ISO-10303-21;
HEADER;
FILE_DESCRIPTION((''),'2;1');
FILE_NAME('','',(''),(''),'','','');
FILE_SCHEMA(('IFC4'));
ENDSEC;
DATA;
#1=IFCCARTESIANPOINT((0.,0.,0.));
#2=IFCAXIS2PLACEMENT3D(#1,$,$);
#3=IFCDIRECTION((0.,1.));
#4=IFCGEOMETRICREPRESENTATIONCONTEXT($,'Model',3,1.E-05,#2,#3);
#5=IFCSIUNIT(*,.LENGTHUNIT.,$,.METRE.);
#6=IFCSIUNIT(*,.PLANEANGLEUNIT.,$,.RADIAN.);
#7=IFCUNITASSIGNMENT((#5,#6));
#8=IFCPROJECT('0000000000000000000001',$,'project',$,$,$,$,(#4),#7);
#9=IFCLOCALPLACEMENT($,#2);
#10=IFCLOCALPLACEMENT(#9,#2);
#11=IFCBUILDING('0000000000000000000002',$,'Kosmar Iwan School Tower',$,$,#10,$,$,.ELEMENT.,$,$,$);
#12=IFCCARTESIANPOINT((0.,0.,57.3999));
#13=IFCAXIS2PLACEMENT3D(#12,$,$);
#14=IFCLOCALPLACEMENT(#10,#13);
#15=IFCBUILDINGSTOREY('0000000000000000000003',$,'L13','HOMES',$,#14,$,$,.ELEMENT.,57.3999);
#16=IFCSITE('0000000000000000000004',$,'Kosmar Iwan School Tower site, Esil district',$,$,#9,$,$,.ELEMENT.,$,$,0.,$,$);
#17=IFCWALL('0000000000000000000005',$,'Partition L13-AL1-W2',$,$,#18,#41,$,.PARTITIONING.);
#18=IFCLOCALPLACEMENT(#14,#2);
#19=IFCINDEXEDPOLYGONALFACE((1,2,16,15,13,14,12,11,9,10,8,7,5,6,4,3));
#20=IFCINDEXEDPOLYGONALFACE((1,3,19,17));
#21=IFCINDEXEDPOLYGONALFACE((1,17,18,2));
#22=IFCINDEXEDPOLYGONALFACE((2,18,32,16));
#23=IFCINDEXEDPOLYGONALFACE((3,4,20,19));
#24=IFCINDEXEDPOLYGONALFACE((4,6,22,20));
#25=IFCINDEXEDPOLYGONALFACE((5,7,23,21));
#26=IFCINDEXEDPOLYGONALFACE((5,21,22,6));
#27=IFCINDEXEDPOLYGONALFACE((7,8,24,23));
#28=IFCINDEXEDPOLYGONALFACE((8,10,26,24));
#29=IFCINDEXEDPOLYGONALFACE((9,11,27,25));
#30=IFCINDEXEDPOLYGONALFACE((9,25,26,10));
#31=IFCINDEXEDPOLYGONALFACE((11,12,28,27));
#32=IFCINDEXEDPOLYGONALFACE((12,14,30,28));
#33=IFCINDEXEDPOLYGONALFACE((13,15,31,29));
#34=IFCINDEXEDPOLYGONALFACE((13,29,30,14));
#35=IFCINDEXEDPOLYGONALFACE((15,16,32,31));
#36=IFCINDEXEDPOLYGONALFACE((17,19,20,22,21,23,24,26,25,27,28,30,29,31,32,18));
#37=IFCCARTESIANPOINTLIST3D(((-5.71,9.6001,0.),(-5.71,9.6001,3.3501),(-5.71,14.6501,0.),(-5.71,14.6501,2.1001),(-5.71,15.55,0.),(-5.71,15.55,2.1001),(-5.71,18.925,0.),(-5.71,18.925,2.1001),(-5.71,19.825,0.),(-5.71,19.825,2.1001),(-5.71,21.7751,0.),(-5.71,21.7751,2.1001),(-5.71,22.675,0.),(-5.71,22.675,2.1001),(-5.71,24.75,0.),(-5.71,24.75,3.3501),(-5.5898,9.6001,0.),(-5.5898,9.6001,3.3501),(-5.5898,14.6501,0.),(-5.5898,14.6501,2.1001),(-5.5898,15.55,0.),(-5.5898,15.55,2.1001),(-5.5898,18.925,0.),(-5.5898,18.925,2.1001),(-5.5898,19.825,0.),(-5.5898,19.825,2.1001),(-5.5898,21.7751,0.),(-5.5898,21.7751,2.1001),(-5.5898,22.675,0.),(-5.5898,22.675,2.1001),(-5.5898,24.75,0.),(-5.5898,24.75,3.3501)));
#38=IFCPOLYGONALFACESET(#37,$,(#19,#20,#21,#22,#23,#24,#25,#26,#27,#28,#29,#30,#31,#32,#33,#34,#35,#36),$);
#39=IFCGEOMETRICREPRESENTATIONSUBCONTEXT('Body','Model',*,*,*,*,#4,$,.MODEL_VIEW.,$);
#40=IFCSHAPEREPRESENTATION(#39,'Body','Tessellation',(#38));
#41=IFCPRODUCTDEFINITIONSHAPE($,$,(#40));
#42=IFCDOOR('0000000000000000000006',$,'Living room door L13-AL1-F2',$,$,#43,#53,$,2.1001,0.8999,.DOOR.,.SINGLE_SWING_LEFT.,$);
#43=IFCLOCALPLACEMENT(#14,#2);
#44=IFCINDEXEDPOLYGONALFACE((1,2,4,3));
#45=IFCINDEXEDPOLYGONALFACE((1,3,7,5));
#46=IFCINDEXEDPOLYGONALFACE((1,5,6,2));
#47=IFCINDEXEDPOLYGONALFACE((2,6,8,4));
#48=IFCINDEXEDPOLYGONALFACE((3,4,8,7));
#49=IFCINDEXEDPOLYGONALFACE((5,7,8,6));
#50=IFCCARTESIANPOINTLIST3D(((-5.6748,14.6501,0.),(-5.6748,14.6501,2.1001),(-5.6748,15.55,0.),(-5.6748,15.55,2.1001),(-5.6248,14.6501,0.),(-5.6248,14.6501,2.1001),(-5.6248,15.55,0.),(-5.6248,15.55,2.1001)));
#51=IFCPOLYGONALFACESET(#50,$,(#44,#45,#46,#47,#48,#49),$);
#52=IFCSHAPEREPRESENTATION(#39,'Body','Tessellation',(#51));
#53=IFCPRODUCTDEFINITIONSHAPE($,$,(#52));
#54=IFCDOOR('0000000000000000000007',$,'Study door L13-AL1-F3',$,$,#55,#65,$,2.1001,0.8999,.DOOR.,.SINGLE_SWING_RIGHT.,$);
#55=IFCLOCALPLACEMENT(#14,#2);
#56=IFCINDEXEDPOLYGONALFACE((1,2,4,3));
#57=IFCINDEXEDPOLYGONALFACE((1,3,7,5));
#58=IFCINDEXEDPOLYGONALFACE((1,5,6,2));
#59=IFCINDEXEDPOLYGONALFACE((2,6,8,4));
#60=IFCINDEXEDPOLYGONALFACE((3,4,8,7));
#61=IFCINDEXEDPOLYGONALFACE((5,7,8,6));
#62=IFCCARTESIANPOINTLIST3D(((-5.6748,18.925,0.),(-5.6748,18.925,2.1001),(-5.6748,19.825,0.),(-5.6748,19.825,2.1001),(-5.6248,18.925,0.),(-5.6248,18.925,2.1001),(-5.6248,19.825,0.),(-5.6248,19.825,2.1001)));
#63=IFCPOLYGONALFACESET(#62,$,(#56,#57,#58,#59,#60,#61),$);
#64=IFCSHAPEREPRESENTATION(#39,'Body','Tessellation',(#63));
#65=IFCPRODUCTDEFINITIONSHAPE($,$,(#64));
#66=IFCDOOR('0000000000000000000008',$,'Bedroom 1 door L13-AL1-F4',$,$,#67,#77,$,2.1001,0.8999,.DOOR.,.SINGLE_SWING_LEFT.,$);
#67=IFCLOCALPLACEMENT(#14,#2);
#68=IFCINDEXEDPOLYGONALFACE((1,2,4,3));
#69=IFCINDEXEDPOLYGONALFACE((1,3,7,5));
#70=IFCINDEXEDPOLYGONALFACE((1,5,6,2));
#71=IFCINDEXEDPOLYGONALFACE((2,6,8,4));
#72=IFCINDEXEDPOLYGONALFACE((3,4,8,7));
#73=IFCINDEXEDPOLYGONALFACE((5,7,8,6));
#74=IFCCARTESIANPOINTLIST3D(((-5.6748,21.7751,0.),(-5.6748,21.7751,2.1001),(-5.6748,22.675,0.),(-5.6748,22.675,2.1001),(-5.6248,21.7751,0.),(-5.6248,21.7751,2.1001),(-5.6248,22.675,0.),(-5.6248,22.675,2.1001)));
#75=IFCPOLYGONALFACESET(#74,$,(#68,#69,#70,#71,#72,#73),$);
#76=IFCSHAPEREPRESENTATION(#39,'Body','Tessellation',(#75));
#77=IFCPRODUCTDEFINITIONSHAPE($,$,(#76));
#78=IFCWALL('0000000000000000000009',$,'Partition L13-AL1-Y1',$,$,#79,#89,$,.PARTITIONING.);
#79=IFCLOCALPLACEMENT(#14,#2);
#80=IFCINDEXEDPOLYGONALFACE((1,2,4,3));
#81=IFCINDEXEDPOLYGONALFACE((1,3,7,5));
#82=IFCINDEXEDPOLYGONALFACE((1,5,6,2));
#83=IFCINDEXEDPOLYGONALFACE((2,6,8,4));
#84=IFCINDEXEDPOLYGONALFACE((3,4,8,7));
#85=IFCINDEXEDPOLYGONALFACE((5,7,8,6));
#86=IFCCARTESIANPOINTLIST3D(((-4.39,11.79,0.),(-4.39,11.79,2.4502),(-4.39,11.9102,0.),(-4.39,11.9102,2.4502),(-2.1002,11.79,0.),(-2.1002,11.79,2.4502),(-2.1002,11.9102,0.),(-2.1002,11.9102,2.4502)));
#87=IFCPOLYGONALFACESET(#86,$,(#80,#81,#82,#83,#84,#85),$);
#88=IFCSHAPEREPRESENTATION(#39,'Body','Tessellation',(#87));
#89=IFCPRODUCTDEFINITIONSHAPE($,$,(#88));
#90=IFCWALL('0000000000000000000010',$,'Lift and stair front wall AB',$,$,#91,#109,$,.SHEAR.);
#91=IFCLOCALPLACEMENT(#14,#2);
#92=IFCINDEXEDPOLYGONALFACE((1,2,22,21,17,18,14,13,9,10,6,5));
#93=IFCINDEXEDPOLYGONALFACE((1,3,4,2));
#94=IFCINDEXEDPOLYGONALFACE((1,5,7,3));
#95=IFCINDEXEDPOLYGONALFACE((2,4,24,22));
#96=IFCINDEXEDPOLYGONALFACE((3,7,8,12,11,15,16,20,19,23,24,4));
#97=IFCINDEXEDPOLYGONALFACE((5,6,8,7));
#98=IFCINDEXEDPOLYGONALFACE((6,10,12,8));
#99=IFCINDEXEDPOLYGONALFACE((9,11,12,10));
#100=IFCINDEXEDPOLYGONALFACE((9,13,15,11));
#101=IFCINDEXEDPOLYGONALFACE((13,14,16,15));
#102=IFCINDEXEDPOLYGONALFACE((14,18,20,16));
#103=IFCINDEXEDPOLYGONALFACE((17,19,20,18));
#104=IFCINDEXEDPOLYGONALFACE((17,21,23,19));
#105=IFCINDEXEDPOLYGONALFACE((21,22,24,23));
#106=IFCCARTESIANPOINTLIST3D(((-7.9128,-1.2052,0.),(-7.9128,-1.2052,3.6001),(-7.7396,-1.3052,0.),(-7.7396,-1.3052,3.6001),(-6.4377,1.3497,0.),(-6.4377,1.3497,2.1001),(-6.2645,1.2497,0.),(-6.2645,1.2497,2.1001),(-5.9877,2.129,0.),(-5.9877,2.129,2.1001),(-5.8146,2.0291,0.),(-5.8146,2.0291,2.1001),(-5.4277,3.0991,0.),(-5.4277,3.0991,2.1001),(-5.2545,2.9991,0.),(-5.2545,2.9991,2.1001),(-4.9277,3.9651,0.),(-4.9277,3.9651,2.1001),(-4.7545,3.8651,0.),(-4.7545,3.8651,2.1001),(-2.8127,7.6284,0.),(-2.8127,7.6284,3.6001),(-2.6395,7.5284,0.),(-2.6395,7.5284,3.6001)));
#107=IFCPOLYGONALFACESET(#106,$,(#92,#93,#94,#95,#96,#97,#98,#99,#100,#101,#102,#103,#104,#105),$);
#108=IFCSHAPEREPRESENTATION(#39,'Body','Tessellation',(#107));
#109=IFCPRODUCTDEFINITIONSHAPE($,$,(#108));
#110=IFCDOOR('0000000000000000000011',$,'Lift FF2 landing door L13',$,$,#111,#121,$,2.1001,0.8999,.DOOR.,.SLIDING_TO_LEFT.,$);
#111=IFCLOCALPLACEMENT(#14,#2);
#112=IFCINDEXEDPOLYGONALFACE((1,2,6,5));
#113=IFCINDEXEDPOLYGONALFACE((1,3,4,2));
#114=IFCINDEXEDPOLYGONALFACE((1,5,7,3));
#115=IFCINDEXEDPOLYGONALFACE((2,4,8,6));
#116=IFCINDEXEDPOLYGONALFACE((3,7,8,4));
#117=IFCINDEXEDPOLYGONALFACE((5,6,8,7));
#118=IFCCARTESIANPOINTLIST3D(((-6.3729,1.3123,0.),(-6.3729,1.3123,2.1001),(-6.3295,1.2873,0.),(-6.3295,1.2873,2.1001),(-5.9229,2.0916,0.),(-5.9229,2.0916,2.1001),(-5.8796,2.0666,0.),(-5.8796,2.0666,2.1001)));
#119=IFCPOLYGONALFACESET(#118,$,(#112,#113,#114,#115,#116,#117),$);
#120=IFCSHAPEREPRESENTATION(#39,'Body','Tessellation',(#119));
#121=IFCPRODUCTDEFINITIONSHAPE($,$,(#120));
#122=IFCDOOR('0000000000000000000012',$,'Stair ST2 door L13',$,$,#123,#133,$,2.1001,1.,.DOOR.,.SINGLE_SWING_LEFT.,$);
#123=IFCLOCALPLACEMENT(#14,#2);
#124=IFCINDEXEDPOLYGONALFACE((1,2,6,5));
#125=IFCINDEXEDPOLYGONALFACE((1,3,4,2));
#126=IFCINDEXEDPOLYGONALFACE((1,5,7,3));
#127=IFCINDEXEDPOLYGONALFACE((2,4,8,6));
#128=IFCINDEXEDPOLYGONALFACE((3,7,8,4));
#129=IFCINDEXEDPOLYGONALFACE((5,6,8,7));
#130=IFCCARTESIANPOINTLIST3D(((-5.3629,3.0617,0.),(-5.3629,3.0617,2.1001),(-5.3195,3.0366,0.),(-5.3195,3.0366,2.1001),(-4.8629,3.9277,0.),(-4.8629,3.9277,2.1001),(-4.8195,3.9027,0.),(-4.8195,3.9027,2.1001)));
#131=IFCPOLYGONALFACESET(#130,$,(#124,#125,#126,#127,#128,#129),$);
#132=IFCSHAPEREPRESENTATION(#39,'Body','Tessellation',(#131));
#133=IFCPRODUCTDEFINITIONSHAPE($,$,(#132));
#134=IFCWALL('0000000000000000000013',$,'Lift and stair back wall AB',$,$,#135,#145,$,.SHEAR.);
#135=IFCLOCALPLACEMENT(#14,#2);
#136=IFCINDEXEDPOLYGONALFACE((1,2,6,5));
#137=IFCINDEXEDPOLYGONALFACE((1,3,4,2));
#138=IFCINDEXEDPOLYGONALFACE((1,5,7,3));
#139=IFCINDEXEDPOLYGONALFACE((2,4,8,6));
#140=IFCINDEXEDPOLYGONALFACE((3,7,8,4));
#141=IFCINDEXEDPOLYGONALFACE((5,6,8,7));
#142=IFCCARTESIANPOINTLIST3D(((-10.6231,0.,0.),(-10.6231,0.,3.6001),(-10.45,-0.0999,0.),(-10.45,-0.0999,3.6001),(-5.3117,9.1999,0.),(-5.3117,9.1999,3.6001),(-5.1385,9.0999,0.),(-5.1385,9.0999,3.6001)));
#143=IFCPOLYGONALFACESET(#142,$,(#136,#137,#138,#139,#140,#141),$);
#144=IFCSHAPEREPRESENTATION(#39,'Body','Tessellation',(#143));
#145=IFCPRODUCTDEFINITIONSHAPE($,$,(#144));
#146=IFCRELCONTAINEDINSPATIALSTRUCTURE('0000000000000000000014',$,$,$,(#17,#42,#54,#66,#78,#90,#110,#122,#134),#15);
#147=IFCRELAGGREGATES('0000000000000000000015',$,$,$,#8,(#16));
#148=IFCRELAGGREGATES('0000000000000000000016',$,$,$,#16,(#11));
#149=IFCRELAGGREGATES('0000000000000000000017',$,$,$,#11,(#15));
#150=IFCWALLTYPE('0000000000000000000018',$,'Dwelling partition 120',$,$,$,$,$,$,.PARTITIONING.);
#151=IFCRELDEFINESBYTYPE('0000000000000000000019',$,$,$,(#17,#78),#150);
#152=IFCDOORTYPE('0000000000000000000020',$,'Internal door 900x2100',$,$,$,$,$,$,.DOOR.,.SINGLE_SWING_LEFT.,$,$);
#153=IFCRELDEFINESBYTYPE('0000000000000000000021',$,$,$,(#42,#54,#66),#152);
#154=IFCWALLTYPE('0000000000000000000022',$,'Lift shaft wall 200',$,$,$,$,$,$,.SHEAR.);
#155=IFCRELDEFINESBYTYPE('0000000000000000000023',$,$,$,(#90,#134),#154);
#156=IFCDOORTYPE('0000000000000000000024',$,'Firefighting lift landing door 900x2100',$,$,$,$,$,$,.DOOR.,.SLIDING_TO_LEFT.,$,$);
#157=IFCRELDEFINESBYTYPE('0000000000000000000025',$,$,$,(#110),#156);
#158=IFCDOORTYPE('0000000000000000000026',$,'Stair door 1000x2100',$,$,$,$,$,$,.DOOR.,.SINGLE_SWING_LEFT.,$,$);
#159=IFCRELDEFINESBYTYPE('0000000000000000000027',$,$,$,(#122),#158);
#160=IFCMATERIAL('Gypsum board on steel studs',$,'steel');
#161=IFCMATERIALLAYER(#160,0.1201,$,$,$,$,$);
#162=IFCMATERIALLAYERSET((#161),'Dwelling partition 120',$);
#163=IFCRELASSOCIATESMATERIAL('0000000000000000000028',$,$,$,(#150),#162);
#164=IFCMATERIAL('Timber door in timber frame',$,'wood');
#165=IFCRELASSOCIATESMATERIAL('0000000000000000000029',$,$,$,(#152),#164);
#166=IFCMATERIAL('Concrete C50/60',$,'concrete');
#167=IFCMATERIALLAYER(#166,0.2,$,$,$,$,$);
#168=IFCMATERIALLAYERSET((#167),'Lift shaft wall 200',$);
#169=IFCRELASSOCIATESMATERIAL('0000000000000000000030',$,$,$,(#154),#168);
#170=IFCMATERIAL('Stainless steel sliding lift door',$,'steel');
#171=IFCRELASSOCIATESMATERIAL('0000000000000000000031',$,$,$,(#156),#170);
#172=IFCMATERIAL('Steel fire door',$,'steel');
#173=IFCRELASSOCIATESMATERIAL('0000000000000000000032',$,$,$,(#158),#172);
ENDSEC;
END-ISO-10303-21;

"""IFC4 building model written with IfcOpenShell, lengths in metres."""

from ifc_helpers import new_model, si_unit, direction, frame, frame_2d, origin, place, context, subcontext, project, spatial, rectangle, extrude, material, layer, layer_set, type_object, element, fill, save


model = new_model("IFC4")

# Units and contexts
model_context = context("Model", 3, precision=1e-05, world=origin(), true_north=direction((0.0, 1.0)))
body_context = subcontext(model_context, "Body", "Model", "MODEL_VIEW")
ifc_project = project(units=[si_unit("LENGTHUNIT", "METRE"), si_unit("PLANEANGLEUNIT", "RADIAN")], contexts=[model_context])

# Site, building, storey
site_placement = place(None, origin())
site = spatial("IfcSite", under=ifc_project, at=site_placement, Name="Kosmar Iwan School Tower site, Esil district", CompositionType="ELEMENT", RefElevation=0.0)
building_placement = place(site_placement, origin())
building = spatial("IfcBuilding", under=site, at=building_placement, Name="Kosmar Iwan School Tower", CompositionType="ELEMENT")
storey_placement = place(building_placement, frame((0.0, 0.0, 57.3999)))
storey = spatial("IfcBuildingStorey", under=building, at=storey_placement, Name="L13", Description="HOMES", CompositionType="ELEMENT", Elevation=57.3999)

# Wall, openings, doors
ifc_material_1 = material(Name="Gypsum board on steel studs", Category="steel")
ifc_layer_1 = layer(ifc_material_1, 0.1201)
ifc_layer_set_1 = layer_set([ifc_layer_1], Name="Dwelling partition 120")
wall_type_1 = type_object("IfcWallType", Name="Dwelling partition 120", PredefinedType="PARTITIONING", material=ifc_layer_set_1)
ifc_material_2 = material(Name="Timber door in timber frame", Category="wood")
door_type_1 = type_object("IfcDoorType", Name="Internal door 900x2100", OperationType="SINGLE_SWING_LEFT", PredefinedType="DOOR", material=ifc_material_2)
wall_1_placement = place(storey_placement, frame((-5.6499, 9.6001, 0.0), z_axis=(0.0, 0.0, 1.0), x_axis=(0.0, 1.0, 0.0)))
wall_1 = element("IfcWall", 1, at=wall_1_placement, inside=storey, type_object=wall_type_1, Name="Partition L13-AL1-W2", PredefinedType="PARTITIONING", context=body_context, shape_type="SweptSolid", body=[
    extrude(rectangle(XDim=15.1499, YDim=0.1201, at=frame_2d((7.575, 0.0))), origin(), (0.0, 0.0, 1.0), 3.3501),
])
opening_1_placement = place(wall_1_placement, frame((5.05, 0.0, 0.0)))
opening_1 = element("IfcOpeningElement", 2, at=opening_1_placement, cuts=wall_1, PredefinedType="OPENING", context=body_context, shape_type="SweptSolid", body=[
    extrude(rectangle(XDim=0.8999, YDim=2.1001, at=frame_2d((0.45, 1.05))), frame((0.0, 0.072, 0.0), z_axis=(0.0, -1.0, 0.0), x_axis=(1.0, 0.0, 0.0)), (0.0, 0.0, 1.0), 0.144),
])
opening_2_placement = place(wall_1_placement, frame((9.325, 0.0, 0.0)))
opening_2 = element("IfcOpeningElement", 3, at=opening_2_placement, cuts=wall_1, PredefinedType="OPENING", context=body_context, shape_type="SweptSolid", body=[
    extrude(rectangle(XDim=0.8999, YDim=2.1001, at=frame_2d((0.45, 1.05))), frame((0.0, 0.072, 0.0), z_axis=(0.0, -1.0, 0.0), x_axis=(1.0, 0.0, 0.0)), (0.0, 0.0, 1.0), 0.144),
])
opening_3_placement = place(wall_1_placement, frame((12.175, 0.0, 0.0)))
opening_3 = element("IfcOpeningElement", 4, at=opening_3_placement, cuts=wall_1, PredefinedType="OPENING", context=body_context, shape_type="SweptSolid", body=[
    extrude(rectangle(XDim=0.8999, YDim=2.1001, at=frame_2d((0.45, 1.05))), frame((0.0, 0.072, 0.0), z_axis=(0.0, -1.0, 0.0), x_axis=(1.0, 0.0, 0.0)), (0.0, 0.0, 1.0), 0.144),
])
door_1_placement = place(opening_1_placement, origin())
door_1 = element("IfcDoor", 5, at=door_1_placement, inside=storey, type_object=door_type_1, Name="Living room door L13-AL1-F2", OperationType="SINGLE_SWING_LEFT", OverallHeight=2.1001, OverallWidth=0.8999, PredefinedType="DOOR", context=body_context, shape_type="SweptSolid", body=[
    extrude(rectangle(XDim=0.8999, YDim=2.1001, at=frame_2d((0.45, 1.05))), frame((0.0, 0.0249, 0.0), z_axis=(0.0, -1.0, 0.0), x_axis=(1.0, 0.0, 0.0)), (0.0, 0.0, 1.0), 0.05),
])
fill(opening_1, door_1)
door_2_placement = place(opening_2_placement, origin())
door_2 = element("IfcDoor", 6, at=door_2_placement, inside=storey, type_object=door_type_1, Name="Study door L13-AL1-F3", OperationType="SINGLE_SWING_RIGHT", OverallHeight=2.1001, OverallWidth=0.8999, PredefinedType="DOOR", context=body_context, shape_type="SweptSolid", body=[
    extrude(rectangle(XDim=0.8999, YDim=2.1001, at=frame_2d((0.45, 1.05))), frame((0.0, 0.0249, 0.0), z_axis=(0.0, -1.0, 0.0), x_axis=(1.0, 0.0, 0.0)), (0.0, 0.0, 1.0), 0.05),
])
fill(opening_2, door_2)
door_3_placement = place(opening_3_placement, origin())
door_3 = element("IfcDoor", 7, at=door_3_placement, inside=storey, type_object=door_type_1, Name="Bedroom 1 door L13-AL1-F4", OperationType="SINGLE_SWING_LEFT", OverallHeight=2.1001, OverallWidth=0.8999, PredefinedType="DOOR", context=body_context, shape_type="SweptSolid", body=[
    extrude(rectangle(XDim=0.8999, YDim=2.1001, at=frame_2d((0.45, 1.05))), frame((0.0, 0.0249, 0.0), z_axis=(0.0, -1.0, 0.0), x_axis=(1.0, 0.0, 0.0)), (0.0, 0.0, 1.0), 0.05),
])
fill(opening_3, door_3)

# Wall
wall_2_placement = place(storey_placement, frame((-2.1001, 11.8501, 0.0), z_axis=(0.0, 0.0, 1.0), x_axis=(-1.0, 0.0, 0.0)))
element("IfcWall", 8, at=wall_2_placement, inside=storey, type_object=wall_type_1, Name="Partition L13-AL1-Y1", PredefinedType="PARTITIONING", context=body_context, shape_type="SweptSolid", body=[
    extrude(rectangle(XDim=2.2898, YDim=0.1201, at=frame_2d((1.145, 0.0))), origin(), (0.0, 0.0, 1.0), 2.4502),
])

# Wall, openings, doors
ifc_material_3 = material(Name="Concrete C50/60", Category="concrete")
ifc_layer_2 = layer(ifc_material_3, 0.2)
ifc_layer_set_2 = layer_set([ifc_layer_2], Name="Lift shaft wall 200")
wall_type_2 = type_object("IfcWallType", Name="Lift shaft wall 200", PredefinedType="SHEAR", material=ifc_layer_set_2)
wall_3_placement = place(storey_placement, frame((-2.7261, 7.5784, 0.0), z_axis=(0.0, 0.0, 1.0), x_axis=(-0.500006, -0.866022, 0.0)))
wall_3 = element("IfcWall", 9, at=wall_3_placement, inside=storey, type_object=wall_type_2, Name="Lift and stair front wall AB", PredefinedType="SHEAR", context=body_context, shape_type="SweptSolid", body=[
    extrude(rectangle(XDim=10.2002, YDim=0.2, at=frame_2d((5.1001, 0.0))), origin(), (0.0, 0.0, 1.0), 3.6001),
])
opening_4_placement = place(wall_3_placement, frame((6.3501, 0.0, 0.0)))
opening_4 = element("IfcOpeningElement", 10, at=opening_4_placement, cuts=wall_3, PredefinedType="OPENING", context=body_context, shape_type="SweptSolid", body=[
    extrude(rectangle(XDim=0.8999, YDim=2.1001, at=frame_2d((0.45, 1.05))), frame((0.0, 0.1121, 0.0), z_axis=(0.0, -1.0, 0.0), x_axis=(1.0, 0.0, 0.0)), (0.0, 0.0, 1.0), 0.2239),
])
opening_5_placement = place(wall_3_placement, frame((4.23, 0.0, 0.0)))
opening_5 = element("IfcOpeningElement", 11, at=opening_5_placement, cuts=wall_3, PredefinedType="OPENING", context=body_context, shape_type="SweptSolid", body=[
    extrude(rectangle(XDim=1.0, YDim=2.1001, at=frame_2d((0.5, 1.05))), frame((0.0, 0.1121, 0.0), z_axis=(0.0, -1.0, 0.0), x_axis=(1.0, 0.0, 0.0)), (0.0, 0.0, 1.0), 0.2239),
])
ifc_material_4 = material(Name="Stainless steel sliding lift door", Category="steel")
door_type_2 = type_object("IfcDoorType", Name="Firefighting lift landing door 900x2100", OperationType="SLIDING_TO_LEFT", PredefinedType="DOOR", material=ifc_material_4)
door_4_placement = place(opening_4_placement, origin())
door_4 = element("IfcDoor", 12, at=door_4_placement, inside=storey, type_object=door_type_2, Name="Lift FF2 landing door L13", OperationType="SLIDING_TO_LEFT", OverallHeight=2.1001, OverallWidth=0.8999, PredefinedType="DOOR", context=body_context, shape_type="SweptSolid", body=[
    extrude(rectangle(XDim=0.8999, YDim=2.1001, at=frame_2d((0.45, 1.05))), frame((0.0, 0.0249, 0.0), z_axis=(0.0, -1.0, 0.0), x_axis=(1.0, 0.0, 0.0)), (0.0, 0.0, 1.0), 0.05),
])
fill(opening_4, door_4)
ifc_material_5 = material(Name="Steel fire door", Category="steel")
door_type_3 = type_object("IfcDoorType", Name="Stair door 1000x2100", OperationType="SINGLE_SWING_LEFT", PredefinedType="DOOR", material=ifc_material_5)
door_5_placement = place(opening_5_placement, origin())
door_5 = element("IfcDoor", 13, at=door_5_placement, inside=storey, type_object=door_type_3, Name="Stair ST2 door L13", OperationType="SINGLE_SWING_LEFT", OverallHeight=2.1001, OverallWidth=1.0, PredefinedType="DOOR", context=body_context, shape_type="SweptSolid", body=[
    extrude(rectangle(XDim=1.0, YDim=2.1001, at=frame_2d((0.5, 1.05))), frame((0.0, 0.0249, 0.0), z_axis=(0.0, -1.0, 0.0), x_axis=(1.0, 0.0, 0.0)), (0.0, 0.0, 1.0), 0.05),
])
fill(opening_5, door_5)

# Wall
wall_4_placement = place(storey_placement, frame((-5.2251, 9.1499, 0.0), z_axis=(0.0, 0.0, 1.0), x_axis=(-0.499995, -0.866028, 0.0)))
element("IfcWall", 14, at=wall_4_placement, inside=storey, type_object=wall_type_2, Name="Lift and stair back wall AB", PredefinedType="SHEAR", context=body_context, shape_type="SweptSolid", body=[
    extrude(rectangle(XDim=10.623, YDim=0.2, at=frame_2d((5.3115, 0.0))), origin(), (0.0, 0.0, 1.0), 3.6001),
])

save(model, "model.ifc")
